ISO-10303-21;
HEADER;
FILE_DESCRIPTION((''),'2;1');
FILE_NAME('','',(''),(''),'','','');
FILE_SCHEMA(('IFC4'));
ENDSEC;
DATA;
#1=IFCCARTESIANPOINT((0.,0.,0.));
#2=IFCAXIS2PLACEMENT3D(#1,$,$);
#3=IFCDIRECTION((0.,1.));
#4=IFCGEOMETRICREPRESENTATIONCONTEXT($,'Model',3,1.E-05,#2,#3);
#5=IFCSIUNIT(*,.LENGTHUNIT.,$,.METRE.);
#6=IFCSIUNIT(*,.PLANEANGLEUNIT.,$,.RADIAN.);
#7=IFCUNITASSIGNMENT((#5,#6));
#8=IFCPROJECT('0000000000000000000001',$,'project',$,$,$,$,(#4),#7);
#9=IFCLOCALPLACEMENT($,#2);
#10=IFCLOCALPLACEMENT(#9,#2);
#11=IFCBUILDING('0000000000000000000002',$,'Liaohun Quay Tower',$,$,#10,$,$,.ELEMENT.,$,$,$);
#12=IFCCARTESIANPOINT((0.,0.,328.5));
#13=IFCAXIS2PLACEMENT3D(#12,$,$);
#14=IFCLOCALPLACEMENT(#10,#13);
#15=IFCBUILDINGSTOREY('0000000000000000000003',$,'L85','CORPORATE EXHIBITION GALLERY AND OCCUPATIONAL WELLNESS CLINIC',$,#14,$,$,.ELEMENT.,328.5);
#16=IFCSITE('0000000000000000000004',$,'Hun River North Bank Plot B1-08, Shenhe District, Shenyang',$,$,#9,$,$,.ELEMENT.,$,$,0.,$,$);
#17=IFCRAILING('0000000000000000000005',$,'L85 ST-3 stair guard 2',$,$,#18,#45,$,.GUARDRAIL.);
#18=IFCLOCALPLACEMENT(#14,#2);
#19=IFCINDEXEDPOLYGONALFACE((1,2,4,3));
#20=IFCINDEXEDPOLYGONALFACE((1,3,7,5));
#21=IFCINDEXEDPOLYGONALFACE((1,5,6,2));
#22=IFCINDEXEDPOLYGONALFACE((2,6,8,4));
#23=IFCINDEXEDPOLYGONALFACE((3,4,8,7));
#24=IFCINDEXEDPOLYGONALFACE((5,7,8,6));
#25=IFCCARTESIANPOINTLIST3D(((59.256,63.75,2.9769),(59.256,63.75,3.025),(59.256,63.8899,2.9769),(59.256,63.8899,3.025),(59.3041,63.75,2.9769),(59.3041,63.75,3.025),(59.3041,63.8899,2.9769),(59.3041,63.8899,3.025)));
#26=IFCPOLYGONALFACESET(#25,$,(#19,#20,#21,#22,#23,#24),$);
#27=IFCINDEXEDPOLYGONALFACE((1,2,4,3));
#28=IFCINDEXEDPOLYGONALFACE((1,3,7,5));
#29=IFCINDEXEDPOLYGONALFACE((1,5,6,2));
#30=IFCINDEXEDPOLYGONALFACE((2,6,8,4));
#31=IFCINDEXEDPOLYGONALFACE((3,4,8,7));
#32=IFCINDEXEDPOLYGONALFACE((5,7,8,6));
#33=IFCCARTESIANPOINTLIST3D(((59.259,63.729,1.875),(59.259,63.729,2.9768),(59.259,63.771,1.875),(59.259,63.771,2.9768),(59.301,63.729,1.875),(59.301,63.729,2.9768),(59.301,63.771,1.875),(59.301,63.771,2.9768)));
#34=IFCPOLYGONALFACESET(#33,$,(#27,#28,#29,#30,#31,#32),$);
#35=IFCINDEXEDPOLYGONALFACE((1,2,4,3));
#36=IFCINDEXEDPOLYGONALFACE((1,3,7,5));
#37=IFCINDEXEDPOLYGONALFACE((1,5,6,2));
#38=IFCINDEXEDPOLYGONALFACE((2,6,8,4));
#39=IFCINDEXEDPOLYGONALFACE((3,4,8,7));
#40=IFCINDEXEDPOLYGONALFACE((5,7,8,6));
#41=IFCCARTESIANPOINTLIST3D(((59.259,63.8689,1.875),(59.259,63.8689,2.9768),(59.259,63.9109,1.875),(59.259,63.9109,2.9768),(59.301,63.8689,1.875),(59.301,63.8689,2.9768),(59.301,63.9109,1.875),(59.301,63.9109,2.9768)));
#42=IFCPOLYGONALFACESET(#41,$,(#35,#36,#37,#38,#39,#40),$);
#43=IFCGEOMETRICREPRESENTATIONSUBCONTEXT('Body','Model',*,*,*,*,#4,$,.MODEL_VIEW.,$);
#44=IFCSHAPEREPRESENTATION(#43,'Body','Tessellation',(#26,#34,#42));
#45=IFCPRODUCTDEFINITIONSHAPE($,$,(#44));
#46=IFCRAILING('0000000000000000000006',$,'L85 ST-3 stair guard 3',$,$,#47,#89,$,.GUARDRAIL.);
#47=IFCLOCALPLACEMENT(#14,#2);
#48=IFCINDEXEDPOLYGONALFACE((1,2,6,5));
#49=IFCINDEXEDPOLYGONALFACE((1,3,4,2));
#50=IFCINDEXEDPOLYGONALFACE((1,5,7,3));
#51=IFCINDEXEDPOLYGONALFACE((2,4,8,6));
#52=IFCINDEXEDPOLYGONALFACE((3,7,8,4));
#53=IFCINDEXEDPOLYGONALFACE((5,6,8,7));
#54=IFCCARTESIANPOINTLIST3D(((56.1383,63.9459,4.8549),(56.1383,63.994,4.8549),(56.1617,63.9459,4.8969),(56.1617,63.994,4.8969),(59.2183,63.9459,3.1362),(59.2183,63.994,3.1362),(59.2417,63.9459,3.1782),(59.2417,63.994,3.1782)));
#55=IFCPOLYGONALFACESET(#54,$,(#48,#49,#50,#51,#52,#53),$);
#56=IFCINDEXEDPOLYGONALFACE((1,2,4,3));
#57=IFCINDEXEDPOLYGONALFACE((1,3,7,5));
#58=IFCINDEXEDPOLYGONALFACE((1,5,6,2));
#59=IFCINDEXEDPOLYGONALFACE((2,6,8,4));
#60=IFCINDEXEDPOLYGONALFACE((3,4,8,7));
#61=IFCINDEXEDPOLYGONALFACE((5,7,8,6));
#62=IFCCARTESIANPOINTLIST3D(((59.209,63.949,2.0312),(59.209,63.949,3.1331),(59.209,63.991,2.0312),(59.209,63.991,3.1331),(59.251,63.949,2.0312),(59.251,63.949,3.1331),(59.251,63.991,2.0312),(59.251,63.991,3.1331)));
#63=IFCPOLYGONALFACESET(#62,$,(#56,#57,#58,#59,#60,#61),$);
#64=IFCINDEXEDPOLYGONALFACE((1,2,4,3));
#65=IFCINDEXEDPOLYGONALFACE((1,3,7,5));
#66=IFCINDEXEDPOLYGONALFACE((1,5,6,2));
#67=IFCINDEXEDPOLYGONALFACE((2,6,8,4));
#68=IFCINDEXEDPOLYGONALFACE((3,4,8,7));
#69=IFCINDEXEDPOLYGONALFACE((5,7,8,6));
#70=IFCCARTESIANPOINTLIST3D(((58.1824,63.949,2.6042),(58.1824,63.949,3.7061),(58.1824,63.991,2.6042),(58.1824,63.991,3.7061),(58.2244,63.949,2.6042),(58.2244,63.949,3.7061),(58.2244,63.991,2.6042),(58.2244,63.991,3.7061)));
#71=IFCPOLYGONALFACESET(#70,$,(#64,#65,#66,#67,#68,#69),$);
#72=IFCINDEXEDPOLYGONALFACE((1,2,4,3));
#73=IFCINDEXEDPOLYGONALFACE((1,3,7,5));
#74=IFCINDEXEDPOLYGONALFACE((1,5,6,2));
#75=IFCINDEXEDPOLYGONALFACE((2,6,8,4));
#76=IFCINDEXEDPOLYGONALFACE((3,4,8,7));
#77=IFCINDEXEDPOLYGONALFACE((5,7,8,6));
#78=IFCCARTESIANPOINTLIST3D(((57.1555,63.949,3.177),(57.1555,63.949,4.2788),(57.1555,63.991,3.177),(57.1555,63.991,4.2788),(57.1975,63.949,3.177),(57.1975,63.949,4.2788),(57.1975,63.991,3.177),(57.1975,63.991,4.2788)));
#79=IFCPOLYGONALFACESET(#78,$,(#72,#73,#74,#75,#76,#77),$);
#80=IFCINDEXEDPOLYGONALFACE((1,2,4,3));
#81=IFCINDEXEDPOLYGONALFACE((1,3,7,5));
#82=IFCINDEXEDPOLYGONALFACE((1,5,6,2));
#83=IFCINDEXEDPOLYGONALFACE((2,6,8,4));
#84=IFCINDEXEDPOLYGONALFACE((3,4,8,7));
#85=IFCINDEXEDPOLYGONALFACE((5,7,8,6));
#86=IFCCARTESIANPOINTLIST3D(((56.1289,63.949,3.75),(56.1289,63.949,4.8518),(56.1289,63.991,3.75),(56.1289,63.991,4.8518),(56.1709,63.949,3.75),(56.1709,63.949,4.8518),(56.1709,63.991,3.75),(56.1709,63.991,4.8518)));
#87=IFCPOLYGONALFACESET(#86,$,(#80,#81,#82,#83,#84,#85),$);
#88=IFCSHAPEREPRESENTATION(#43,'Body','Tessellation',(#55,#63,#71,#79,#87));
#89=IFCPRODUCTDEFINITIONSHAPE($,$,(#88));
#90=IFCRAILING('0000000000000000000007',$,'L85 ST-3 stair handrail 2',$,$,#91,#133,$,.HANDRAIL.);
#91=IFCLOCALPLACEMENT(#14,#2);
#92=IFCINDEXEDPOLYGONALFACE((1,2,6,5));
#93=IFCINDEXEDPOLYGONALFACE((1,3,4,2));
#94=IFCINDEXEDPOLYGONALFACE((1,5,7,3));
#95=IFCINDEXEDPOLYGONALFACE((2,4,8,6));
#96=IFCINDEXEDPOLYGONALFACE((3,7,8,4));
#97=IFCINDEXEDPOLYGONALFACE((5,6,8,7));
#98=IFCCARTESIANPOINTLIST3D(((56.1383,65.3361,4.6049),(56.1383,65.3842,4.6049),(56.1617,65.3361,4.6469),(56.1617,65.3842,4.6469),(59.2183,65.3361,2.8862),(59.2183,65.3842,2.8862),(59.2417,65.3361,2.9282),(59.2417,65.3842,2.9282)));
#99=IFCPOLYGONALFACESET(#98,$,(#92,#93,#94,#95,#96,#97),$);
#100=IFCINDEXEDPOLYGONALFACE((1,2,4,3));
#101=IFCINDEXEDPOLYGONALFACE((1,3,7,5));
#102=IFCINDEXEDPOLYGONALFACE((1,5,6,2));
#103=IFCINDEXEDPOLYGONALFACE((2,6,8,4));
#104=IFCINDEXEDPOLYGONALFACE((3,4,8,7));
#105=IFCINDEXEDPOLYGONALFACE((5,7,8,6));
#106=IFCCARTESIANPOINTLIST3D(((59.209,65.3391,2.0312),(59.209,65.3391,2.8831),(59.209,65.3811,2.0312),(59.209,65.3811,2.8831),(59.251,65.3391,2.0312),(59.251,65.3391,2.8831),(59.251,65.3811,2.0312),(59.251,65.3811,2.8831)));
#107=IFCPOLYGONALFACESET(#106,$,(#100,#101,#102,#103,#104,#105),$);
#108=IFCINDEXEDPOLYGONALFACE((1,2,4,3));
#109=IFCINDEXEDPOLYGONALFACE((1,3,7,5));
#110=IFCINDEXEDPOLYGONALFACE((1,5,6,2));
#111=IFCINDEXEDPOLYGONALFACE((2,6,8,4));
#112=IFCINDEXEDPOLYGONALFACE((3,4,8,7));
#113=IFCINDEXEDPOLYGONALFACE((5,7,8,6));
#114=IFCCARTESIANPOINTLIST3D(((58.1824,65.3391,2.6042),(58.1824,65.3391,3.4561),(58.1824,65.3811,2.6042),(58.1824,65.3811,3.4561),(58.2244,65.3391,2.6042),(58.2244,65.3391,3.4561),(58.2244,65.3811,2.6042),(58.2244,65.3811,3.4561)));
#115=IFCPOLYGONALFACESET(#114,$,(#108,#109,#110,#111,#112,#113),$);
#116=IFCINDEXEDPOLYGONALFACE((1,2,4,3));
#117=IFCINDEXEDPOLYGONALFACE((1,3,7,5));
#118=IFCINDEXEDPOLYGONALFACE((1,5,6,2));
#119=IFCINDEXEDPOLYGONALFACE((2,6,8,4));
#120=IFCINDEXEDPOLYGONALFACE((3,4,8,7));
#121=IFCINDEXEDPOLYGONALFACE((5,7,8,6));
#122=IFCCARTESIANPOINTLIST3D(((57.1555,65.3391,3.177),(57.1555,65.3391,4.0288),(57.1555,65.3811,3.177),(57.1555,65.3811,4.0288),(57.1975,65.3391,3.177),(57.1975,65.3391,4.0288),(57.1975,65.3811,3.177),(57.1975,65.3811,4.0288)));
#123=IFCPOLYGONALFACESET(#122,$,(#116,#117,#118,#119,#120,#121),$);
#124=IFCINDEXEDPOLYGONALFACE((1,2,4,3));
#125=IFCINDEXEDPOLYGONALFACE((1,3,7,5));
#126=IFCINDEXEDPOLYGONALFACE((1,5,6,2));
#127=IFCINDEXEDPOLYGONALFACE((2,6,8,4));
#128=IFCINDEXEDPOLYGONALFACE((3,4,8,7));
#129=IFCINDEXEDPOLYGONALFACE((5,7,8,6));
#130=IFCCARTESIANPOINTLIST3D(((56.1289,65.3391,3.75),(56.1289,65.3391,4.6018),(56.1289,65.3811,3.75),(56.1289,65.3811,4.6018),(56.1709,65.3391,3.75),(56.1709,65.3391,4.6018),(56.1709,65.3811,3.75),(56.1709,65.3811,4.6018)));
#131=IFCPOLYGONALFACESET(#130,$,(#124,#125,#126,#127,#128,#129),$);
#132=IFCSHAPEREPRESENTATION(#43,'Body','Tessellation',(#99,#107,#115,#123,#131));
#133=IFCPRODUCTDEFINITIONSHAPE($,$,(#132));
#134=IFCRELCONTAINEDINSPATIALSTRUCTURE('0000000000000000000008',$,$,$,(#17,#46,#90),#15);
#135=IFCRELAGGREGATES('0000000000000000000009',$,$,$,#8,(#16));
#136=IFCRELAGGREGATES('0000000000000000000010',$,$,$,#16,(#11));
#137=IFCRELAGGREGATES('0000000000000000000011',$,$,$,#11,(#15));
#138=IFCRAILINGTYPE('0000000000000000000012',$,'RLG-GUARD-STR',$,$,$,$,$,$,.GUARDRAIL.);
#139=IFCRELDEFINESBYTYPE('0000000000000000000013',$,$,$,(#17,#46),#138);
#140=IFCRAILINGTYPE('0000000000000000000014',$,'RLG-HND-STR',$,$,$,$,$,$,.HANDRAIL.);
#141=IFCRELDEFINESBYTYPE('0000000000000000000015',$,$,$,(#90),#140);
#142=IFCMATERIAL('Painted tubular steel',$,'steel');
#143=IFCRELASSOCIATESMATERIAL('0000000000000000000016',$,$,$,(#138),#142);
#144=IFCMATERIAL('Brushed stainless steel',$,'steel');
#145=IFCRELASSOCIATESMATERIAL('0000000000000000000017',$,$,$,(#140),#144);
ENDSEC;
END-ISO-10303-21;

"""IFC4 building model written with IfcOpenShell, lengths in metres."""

from ifc_helpers import new_model, si_unit, direction, frame, origin, origin_2d, place, context, subcontext, project, spatial, rectangle, extrude, material, type_object, element, save


model = new_model("IFC4")

# Units and contexts
model_context = context("Model", 3, precision=1e-05, world=origin(), true_north=direction((0.0, 1.0)))
body_context = subcontext(model_context, "Body", "Model", "MODEL_VIEW")
ifc_project = project(units=[si_unit("LENGTHUNIT", "METRE"), si_unit("PLANEANGLEUNIT", "RADIAN")], contexts=[model_context])

# Site, building, storey
site_placement = place(None, origin())
site = spatial("IfcSite", under=ifc_project, at=site_placement, Name="Hun River North Bank Plot B1-08, Shenhe District, Shenyang", CompositionType="ELEMENT", RefElevation=0.0)
building_placement = place(site_placement, origin())
building = spatial("IfcBuilding", under=site, at=building_placement, Name="Liaohun Quay Tower", CompositionType="ELEMENT")
storey_placement = place(building_placement, frame((0.0, 0.0, 328.5)))
storey = spatial("IfcBuildingStorey", under=building, at=storey_placement, Name="L85", Description="CORPORATE EXHIBITION GALLERY AND OCCUPATIONAL WELLNESS CLINIC", CompositionType="ELEMENT", Elevation=328.5)

# Railings
ifc_material_1 = material(Name="Painted tubular steel", Category="steel")
railing_type_1 = type_object("IfcRailingType", Name="RLG-GUARD-STR", PredefinedType="GUARDRAIL", material=ifc_material_1)
railing_1_placement = place(storey_placement, frame((59.28, 63.75, 1.875)))
element("IfcRailing", 1, at=railing_1_placement, inside=storey, type_object=railing_type_1, Name="L85 ST-3 stair guard 2", PredefinedType="GUARDRAIL", context=body_context, shape_type="SweptSolid", body=[
    extrude(rectangle(XDim=0.0481, YDim=0.0481, at=origin_2d()), frame((0.0, 0.0, 1.126), z_axis=(0.0, 1.0, 0.0), x_axis=(-1.0, 0.0, 0.0)), (0.0, 0.0, 1.0), 0.1399),
    extrude(rectangle(XDim=0.042, YDim=0.042, at=origin_2d()), origin(), (0.0, 0.0, 1.0), 1.1018),
    extrude(rectangle(XDim=0.042, YDim=0.042, at=origin_2d()), frame((0.0, 0.1399, 0.0)), (0.0, 0.0, 1.0), 1.1018),
])
railing_2_placement = place(storey_placement, frame((59.23, 63.97, 2.0312)))
element("IfcRailing", 2, at=railing_2_placement, inside=storey, type_object=railing_type_1, Name="L85 ST-3 stair guard 3", PredefinedType="GUARDRAIL", context=body_context, shape_type="SweptSolid", body=[
    extrude(rectangle(XDim=0.0481, YDim=0.0481, at=origin_2d()), frame((0.0, 0.0, 1.126), z_axis=(-0.873242, 0.0, 0.487288), x_axis=(0.0, -1.0, 0.0)), (0.0, 0.0, 1.0), 3.5271),
    extrude(rectangle(XDim=0.042, YDim=0.042, at=origin_2d()), origin(), (0.0, 0.0, 1.0), 1.1018),
    extrude(rectangle(XDim=0.042, YDim=0.042, at=origin_2d()), frame((-1.0266, 0.0, 0.573)), (0.0, 0.0, 1.0), 1.1018),
    extrude(rectangle(XDim=0.042, YDim=0.042, at=origin_2d()), frame((-2.0535, 0.0, 1.1458)), (0.0, 0.0, 1.0), 1.1018),
    extrude(rectangle(XDim=0.042, YDim=0.042, at=origin_2d()), frame((-3.0801, 0.0, 1.7188)), (0.0, 0.0, 1.0), 1.1018),
])
ifc_material_2 = material(Name="Brushed stainless steel", Category="steel")
railing_type_2 = type_object("IfcRailingType", Name="RLG-HND-STR", PredefinedType="HANDRAIL", material=ifc_material_2)
railing_3_placement = place(storey_placement, frame((59.23, 65.3601, 2.0312)))
element("IfcRailing", 3, at=railing_3_placement, inside=storey, type_object=railing_type_2, Name="L85 ST-3 stair handrail 2", PredefinedType="HANDRAIL", context=body_context, shape_type="SweptSolid", body=[
    extrude(rectangle(XDim=0.0481, YDim=0.0481, at=origin_2d()), frame((0.0, 0.0, 0.876), z_axis=(-0.873242, 0.0, 0.487288), x_axis=(0.0, -1.0, 0.0)), (0.0, 0.0, 1.0), 3.5271),
    extrude(rectangle(XDim=0.042, YDim=0.042, at=origin_2d()), origin(), (0.0, 0.0, 1.0), 0.8518),
    extrude(rectangle(XDim=0.042, YDim=0.042, at=origin_2d()), frame((-1.0266, 0.0, 0.573)), (0.0, 0.0, 1.0), 0.8518),
    extrude(rectangle(XDim=0.042, YDim=0.042, at=origin_2d()), frame((-2.0535, 0.0, 1.1458)), (0.0, 0.0, 1.0), 0.8518),
    extrude(rectangle(XDim=0.042, YDim=0.042, at=origin_2d()), frame((-3.0801, 0.0, 1.7188)), (0.0, 0.0, 1.0), 0.8518),
])

save(model, "model.ifc")
